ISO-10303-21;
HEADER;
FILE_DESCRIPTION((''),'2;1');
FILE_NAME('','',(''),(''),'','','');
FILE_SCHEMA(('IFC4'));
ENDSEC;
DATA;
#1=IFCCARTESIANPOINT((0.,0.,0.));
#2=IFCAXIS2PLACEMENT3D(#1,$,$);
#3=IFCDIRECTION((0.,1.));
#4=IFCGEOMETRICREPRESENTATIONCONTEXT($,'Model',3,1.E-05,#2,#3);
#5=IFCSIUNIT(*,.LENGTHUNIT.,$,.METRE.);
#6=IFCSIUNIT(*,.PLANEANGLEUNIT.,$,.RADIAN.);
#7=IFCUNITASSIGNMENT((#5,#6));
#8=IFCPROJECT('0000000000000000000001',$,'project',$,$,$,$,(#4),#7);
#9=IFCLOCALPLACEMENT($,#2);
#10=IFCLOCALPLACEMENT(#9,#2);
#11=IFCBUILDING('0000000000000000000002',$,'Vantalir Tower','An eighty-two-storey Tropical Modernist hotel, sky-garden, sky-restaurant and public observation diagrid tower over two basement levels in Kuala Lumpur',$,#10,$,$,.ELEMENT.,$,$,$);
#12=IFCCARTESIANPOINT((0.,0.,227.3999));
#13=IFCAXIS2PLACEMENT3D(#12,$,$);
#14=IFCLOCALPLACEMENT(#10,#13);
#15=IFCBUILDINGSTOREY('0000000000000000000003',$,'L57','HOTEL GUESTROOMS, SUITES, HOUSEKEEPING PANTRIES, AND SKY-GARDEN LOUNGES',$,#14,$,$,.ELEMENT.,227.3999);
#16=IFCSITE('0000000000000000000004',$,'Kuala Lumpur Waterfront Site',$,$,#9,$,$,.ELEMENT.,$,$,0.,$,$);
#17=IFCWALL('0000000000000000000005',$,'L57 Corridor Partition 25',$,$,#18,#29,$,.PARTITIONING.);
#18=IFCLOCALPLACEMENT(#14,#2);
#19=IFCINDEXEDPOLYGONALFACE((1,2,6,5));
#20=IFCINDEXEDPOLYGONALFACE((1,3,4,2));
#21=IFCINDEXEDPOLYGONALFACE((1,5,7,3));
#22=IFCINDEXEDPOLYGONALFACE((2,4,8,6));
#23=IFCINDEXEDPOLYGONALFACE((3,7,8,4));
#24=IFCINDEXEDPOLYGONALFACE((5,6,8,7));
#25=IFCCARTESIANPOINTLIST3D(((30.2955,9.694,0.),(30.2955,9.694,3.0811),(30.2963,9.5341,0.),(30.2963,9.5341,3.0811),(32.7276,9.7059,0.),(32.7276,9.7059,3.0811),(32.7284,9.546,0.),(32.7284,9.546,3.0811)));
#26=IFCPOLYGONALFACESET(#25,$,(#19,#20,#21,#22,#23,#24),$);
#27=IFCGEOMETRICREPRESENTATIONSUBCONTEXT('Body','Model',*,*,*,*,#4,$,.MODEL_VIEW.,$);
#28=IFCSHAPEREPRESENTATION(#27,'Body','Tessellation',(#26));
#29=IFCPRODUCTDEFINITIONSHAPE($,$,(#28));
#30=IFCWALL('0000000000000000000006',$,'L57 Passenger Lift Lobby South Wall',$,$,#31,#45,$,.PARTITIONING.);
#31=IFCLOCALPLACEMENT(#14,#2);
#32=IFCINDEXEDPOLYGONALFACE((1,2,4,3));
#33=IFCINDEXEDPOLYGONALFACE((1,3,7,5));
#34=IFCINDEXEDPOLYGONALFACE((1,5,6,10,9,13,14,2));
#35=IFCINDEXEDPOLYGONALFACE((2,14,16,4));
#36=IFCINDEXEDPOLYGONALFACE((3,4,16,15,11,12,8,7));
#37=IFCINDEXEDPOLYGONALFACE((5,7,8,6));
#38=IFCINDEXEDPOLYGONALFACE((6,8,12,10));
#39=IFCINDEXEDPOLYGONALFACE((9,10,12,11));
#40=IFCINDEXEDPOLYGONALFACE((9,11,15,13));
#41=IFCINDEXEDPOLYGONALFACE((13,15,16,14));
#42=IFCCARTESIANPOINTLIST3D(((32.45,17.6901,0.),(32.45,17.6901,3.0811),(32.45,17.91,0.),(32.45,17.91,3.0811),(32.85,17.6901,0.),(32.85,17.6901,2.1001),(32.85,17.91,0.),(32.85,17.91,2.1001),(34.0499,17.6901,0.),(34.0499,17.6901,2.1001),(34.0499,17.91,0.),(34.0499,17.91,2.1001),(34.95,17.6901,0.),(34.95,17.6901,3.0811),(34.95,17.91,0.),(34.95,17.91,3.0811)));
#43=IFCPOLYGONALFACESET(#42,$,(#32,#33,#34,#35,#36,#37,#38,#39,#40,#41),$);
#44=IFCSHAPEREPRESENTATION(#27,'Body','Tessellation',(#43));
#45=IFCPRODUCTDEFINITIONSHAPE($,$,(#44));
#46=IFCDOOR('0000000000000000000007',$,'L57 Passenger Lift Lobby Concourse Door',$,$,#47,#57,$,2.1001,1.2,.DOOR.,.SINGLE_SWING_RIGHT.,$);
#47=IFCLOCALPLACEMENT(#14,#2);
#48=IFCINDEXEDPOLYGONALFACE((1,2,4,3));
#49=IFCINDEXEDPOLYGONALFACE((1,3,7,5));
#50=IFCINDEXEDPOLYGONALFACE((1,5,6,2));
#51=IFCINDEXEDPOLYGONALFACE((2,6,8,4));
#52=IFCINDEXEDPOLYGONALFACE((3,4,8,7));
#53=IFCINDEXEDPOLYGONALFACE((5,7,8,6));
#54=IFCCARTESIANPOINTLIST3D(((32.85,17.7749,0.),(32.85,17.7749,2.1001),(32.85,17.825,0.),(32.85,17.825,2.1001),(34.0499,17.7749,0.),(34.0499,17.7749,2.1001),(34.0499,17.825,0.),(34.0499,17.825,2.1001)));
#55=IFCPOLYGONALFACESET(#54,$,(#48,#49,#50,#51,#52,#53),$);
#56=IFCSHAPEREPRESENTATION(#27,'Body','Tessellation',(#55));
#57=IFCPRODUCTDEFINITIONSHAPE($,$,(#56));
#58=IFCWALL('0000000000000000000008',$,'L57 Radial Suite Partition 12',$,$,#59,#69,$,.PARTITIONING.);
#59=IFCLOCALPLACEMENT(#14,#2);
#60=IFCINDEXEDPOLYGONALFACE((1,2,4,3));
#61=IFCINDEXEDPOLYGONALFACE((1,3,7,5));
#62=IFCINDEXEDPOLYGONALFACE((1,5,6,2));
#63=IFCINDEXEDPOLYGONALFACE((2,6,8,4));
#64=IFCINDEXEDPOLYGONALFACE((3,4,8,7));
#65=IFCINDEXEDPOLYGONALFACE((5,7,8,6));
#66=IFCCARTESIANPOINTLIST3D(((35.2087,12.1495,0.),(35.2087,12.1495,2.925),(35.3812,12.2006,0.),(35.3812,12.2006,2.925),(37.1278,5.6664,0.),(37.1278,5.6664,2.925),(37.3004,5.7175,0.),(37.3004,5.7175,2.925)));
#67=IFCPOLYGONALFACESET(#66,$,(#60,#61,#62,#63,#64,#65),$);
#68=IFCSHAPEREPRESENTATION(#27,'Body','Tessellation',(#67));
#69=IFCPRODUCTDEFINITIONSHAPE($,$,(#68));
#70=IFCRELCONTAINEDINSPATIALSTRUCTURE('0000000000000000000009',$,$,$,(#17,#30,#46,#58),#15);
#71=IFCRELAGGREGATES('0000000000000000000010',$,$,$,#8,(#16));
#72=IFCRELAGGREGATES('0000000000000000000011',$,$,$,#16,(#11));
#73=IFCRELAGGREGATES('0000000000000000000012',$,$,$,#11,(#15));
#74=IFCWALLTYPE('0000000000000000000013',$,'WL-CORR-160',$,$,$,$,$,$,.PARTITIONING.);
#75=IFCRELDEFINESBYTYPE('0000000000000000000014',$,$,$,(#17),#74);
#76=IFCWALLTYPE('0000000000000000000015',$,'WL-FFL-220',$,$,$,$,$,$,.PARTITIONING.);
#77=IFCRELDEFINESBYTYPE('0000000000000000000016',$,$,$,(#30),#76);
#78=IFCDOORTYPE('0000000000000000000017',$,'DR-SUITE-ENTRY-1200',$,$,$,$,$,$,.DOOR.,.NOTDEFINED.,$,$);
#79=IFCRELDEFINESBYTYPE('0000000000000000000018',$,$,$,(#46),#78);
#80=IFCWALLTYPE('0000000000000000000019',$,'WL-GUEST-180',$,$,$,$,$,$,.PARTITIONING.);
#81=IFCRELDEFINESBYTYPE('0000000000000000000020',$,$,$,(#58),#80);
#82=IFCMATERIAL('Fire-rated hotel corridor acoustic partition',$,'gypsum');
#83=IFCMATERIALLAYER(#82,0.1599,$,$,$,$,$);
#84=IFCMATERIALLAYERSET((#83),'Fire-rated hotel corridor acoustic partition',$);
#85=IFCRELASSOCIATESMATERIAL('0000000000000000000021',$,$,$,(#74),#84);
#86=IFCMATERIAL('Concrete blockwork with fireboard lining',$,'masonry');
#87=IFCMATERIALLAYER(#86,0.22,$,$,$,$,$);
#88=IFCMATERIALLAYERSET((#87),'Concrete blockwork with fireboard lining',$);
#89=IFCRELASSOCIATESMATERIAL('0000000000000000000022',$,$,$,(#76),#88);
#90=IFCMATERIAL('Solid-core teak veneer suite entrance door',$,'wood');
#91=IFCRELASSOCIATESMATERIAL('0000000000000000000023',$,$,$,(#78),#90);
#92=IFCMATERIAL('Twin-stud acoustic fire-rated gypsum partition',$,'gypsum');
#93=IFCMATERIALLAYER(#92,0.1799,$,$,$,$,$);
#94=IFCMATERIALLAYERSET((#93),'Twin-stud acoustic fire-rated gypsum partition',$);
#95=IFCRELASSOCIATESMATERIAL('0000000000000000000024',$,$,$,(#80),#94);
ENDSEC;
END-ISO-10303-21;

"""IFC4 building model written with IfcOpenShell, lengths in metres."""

from ifc_helpers import new_model, si_unit, direction, frame, frame_2d, origin, place, context, subcontext, project, spatial, rectangle, extrude, material, layer, layer_set, type_object, element, fill, save


model = new_model("IFC4")

# Units and contexts
model_context = context("Model", 3, precision=1e-05, world=origin(), true_north=direction((0.0, 1.0)))
body_context = subcontext(model_context, "Body", "Model", "MODEL_VIEW")
ifc_project = project(units=[si_unit("LENGTHUNIT", "METRE"), si_unit("PLANEANGLEUNIT", "RADIAN")], contexts=[model_context])

# Site, building, storey
site_placement = place(None, origin())
site = spatial("IfcSite", under=ifc_project, at=site_placement, Name="Kuala Lumpur Waterfront Site", CompositionType="ELEMENT", RefElevation=0.0)
building_placement = place(site_placement, origin())
building = spatial("IfcBuilding", under=site, at=building_placement, Name="Vantalir Tower", Description="An eighty-two-storey Tropical Modernist hotel, sky-garden, sky-restaurant and public observation diagrid tower over two basement levels in Kuala Lumpur", CompositionType="ELEMENT")
storey_placement = place(building_placement, frame((0.0, 0.0, 227.3999)))
storey = spatial("IfcBuildingStorey", under=building, at=storey_placement, Name="L57", Description="HOTEL GUESTROOMS, SUITES, HOUSEKEEPING PANTRIES, AND SKY-GARDEN LOUNGES", CompositionType="ELEMENT", Elevation=227.3999)

# Wall
ifc_material_1 = material(Name="Fire-rated hotel corridor acoustic partition", Category="gypsum")
ifc_layer_1 = layer(ifc_material_1, 0.1599)
ifc_layer_set_1 = layer_set([ifc_layer_1], Name="Fire-rated hotel corridor acoustic partition")
wall_type_1 = type_object("IfcWallType", Name="WL-CORR-160", PredefinedType="PARTITIONING", material=ifc_layer_set_1)
wall_1_placement = place(storey_placement, frame((32.728, 9.626, 0.0), z_axis=(0.0, 0.0, 1.0), x_axis=(-0.999988, -0.004919, 0.0)))
element("IfcWall", 1, at=wall_1_placement, inside=storey, type_object=wall_type_1, Name="L57 Corridor Partition 25", PredefinedType="PARTITIONING", context=body_context, shape_type="SweptSolid", body=[
    extrude(rectangle(XDim=2.4321, YDim=0.1599, at=frame_2d((1.2161, 0.0))), origin(), (0.0, 0.0, 1.0), 3.0811),
])

# Wall, opening, door
ifc_material_2 = material(Name="Concrete blockwork with fireboard lining", Category="masonry")
ifc_layer_2 = layer(ifc_material_2, 0.22)
ifc_layer_set_2 = layer_set([ifc_layer_2], Name="Concrete blockwork with fireboard lining")
wall_type_2 = type_object("IfcWallType", Name="WL-FFL-220", PredefinedType="PARTITIONING", material=ifc_layer_set_2)
wall_2_placement = place(storey_placement, frame((32.45, 17.8, 0.0), z_axis=(0.0, 0.0, 1.0), x_axis=(1.0, 0.0, 0.0)))
wall_2 = element("IfcWall", 2, at=wall_2_placement, inside=storey, type_object=wall_type_2, Name="L57 Passenger Lift Lobby South Wall", PredefinedType="PARTITIONING", context=body_context, shape_type="SweptSolid", body=[
    extrude(rectangle(XDim=2.5, YDim=0.22, at=frame_2d((1.25, 0.0))), origin(), (0.0, 0.0, 1.0), 3.0811),
])
opening_placement = place(wall_2_placement, frame((0.3999, 0.0, 0.0)))
opening = element("IfcOpeningElement", 3, at=opening_placement, cuts=wall_2, PredefinedType="OPENING", context=body_context, shape_type="SweptSolid", body=[
    extrude(rectangle(XDim=1.2, YDim=2.1001, at=frame_2d((0.6001, 1.05))), frame((0.0, 0.1199, 0.0), z_axis=(0.0, -1.0, 0.0), x_axis=(1.0, 0.0, 0.0)), (0.0, 0.0, 1.0), 0.24),
])
ifc_material_3 = material(Name="Solid-core teak veneer suite entrance door", Category="wood")
door_type = type_object("IfcDoorType", Name="DR-SUITE-ENTRY-1200", OperationType="NOTDEFINED", PredefinedType="DOOR", material=ifc_material_3)
door_placement = place(opening_placement, origin())
door = element("IfcDoor", 4, at=door_placement, inside=storey, type_object=door_type, Name="L57 Passenger Lift Lobby Concourse Door", OperationType="SINGLE_SWING_RIGHT", OverallHeight=2.1001, OverallWidth=1.2, PredefinedType="DOOR", context=body_context, shape_type="SweptSolid", body=[
    extrude(rectangle(XDim=1.2, YDim=2.1001, at=frame_2d((0.6001, 1.05))), frame((0.0, 0.0249, 0.0), z_axis=(0.0, -1.0, 0.0), x_axis=(1.0, 0.0, 0.0)), (0.0, 0.0, 1.0), 0.05),
])
fill(opening, door)

# Wall
ifc_material_4 = material(Name="Twin-stud acoustic fire-rated gypsum partition", Category="gypsum")
ifc_layer_3 = layer(ifc_material_4, 0.1799)
ifc_layer_set_3 = layer_set([ifc_layer_3], Name="Twin-stud acoustic fire-rated gypsum partition")
wall_type_3 = type_object("IfcWallType", Name="WL-GUEST-180", PredefinedType="PARTITIONING", material=ifc_layer_set_3)
wall_3_placement = place(storey_placement, frame((35.2949, 12.175, 0.0), z_axis=(0.0, 0.0, 1.0), x_axis=(0.283851, -0.958868, 0.0)))
element("IfcWall", 5, at=wall_3_placement, inside=storey, type_object=wall_type_3, Name="L57 Radial Suite Partition 12", PredefinedType="PARTITIONING", context=body_context, shape_type="SweptSolid", body=[
    extrude(rectangle(XDim=6.7612, YDim=0.1799, at=frame_2d((3.3806, 0.0))), origin(), (0.0, 0.0, 1.0), 2.925),
])

save(model, "model.ifc")
